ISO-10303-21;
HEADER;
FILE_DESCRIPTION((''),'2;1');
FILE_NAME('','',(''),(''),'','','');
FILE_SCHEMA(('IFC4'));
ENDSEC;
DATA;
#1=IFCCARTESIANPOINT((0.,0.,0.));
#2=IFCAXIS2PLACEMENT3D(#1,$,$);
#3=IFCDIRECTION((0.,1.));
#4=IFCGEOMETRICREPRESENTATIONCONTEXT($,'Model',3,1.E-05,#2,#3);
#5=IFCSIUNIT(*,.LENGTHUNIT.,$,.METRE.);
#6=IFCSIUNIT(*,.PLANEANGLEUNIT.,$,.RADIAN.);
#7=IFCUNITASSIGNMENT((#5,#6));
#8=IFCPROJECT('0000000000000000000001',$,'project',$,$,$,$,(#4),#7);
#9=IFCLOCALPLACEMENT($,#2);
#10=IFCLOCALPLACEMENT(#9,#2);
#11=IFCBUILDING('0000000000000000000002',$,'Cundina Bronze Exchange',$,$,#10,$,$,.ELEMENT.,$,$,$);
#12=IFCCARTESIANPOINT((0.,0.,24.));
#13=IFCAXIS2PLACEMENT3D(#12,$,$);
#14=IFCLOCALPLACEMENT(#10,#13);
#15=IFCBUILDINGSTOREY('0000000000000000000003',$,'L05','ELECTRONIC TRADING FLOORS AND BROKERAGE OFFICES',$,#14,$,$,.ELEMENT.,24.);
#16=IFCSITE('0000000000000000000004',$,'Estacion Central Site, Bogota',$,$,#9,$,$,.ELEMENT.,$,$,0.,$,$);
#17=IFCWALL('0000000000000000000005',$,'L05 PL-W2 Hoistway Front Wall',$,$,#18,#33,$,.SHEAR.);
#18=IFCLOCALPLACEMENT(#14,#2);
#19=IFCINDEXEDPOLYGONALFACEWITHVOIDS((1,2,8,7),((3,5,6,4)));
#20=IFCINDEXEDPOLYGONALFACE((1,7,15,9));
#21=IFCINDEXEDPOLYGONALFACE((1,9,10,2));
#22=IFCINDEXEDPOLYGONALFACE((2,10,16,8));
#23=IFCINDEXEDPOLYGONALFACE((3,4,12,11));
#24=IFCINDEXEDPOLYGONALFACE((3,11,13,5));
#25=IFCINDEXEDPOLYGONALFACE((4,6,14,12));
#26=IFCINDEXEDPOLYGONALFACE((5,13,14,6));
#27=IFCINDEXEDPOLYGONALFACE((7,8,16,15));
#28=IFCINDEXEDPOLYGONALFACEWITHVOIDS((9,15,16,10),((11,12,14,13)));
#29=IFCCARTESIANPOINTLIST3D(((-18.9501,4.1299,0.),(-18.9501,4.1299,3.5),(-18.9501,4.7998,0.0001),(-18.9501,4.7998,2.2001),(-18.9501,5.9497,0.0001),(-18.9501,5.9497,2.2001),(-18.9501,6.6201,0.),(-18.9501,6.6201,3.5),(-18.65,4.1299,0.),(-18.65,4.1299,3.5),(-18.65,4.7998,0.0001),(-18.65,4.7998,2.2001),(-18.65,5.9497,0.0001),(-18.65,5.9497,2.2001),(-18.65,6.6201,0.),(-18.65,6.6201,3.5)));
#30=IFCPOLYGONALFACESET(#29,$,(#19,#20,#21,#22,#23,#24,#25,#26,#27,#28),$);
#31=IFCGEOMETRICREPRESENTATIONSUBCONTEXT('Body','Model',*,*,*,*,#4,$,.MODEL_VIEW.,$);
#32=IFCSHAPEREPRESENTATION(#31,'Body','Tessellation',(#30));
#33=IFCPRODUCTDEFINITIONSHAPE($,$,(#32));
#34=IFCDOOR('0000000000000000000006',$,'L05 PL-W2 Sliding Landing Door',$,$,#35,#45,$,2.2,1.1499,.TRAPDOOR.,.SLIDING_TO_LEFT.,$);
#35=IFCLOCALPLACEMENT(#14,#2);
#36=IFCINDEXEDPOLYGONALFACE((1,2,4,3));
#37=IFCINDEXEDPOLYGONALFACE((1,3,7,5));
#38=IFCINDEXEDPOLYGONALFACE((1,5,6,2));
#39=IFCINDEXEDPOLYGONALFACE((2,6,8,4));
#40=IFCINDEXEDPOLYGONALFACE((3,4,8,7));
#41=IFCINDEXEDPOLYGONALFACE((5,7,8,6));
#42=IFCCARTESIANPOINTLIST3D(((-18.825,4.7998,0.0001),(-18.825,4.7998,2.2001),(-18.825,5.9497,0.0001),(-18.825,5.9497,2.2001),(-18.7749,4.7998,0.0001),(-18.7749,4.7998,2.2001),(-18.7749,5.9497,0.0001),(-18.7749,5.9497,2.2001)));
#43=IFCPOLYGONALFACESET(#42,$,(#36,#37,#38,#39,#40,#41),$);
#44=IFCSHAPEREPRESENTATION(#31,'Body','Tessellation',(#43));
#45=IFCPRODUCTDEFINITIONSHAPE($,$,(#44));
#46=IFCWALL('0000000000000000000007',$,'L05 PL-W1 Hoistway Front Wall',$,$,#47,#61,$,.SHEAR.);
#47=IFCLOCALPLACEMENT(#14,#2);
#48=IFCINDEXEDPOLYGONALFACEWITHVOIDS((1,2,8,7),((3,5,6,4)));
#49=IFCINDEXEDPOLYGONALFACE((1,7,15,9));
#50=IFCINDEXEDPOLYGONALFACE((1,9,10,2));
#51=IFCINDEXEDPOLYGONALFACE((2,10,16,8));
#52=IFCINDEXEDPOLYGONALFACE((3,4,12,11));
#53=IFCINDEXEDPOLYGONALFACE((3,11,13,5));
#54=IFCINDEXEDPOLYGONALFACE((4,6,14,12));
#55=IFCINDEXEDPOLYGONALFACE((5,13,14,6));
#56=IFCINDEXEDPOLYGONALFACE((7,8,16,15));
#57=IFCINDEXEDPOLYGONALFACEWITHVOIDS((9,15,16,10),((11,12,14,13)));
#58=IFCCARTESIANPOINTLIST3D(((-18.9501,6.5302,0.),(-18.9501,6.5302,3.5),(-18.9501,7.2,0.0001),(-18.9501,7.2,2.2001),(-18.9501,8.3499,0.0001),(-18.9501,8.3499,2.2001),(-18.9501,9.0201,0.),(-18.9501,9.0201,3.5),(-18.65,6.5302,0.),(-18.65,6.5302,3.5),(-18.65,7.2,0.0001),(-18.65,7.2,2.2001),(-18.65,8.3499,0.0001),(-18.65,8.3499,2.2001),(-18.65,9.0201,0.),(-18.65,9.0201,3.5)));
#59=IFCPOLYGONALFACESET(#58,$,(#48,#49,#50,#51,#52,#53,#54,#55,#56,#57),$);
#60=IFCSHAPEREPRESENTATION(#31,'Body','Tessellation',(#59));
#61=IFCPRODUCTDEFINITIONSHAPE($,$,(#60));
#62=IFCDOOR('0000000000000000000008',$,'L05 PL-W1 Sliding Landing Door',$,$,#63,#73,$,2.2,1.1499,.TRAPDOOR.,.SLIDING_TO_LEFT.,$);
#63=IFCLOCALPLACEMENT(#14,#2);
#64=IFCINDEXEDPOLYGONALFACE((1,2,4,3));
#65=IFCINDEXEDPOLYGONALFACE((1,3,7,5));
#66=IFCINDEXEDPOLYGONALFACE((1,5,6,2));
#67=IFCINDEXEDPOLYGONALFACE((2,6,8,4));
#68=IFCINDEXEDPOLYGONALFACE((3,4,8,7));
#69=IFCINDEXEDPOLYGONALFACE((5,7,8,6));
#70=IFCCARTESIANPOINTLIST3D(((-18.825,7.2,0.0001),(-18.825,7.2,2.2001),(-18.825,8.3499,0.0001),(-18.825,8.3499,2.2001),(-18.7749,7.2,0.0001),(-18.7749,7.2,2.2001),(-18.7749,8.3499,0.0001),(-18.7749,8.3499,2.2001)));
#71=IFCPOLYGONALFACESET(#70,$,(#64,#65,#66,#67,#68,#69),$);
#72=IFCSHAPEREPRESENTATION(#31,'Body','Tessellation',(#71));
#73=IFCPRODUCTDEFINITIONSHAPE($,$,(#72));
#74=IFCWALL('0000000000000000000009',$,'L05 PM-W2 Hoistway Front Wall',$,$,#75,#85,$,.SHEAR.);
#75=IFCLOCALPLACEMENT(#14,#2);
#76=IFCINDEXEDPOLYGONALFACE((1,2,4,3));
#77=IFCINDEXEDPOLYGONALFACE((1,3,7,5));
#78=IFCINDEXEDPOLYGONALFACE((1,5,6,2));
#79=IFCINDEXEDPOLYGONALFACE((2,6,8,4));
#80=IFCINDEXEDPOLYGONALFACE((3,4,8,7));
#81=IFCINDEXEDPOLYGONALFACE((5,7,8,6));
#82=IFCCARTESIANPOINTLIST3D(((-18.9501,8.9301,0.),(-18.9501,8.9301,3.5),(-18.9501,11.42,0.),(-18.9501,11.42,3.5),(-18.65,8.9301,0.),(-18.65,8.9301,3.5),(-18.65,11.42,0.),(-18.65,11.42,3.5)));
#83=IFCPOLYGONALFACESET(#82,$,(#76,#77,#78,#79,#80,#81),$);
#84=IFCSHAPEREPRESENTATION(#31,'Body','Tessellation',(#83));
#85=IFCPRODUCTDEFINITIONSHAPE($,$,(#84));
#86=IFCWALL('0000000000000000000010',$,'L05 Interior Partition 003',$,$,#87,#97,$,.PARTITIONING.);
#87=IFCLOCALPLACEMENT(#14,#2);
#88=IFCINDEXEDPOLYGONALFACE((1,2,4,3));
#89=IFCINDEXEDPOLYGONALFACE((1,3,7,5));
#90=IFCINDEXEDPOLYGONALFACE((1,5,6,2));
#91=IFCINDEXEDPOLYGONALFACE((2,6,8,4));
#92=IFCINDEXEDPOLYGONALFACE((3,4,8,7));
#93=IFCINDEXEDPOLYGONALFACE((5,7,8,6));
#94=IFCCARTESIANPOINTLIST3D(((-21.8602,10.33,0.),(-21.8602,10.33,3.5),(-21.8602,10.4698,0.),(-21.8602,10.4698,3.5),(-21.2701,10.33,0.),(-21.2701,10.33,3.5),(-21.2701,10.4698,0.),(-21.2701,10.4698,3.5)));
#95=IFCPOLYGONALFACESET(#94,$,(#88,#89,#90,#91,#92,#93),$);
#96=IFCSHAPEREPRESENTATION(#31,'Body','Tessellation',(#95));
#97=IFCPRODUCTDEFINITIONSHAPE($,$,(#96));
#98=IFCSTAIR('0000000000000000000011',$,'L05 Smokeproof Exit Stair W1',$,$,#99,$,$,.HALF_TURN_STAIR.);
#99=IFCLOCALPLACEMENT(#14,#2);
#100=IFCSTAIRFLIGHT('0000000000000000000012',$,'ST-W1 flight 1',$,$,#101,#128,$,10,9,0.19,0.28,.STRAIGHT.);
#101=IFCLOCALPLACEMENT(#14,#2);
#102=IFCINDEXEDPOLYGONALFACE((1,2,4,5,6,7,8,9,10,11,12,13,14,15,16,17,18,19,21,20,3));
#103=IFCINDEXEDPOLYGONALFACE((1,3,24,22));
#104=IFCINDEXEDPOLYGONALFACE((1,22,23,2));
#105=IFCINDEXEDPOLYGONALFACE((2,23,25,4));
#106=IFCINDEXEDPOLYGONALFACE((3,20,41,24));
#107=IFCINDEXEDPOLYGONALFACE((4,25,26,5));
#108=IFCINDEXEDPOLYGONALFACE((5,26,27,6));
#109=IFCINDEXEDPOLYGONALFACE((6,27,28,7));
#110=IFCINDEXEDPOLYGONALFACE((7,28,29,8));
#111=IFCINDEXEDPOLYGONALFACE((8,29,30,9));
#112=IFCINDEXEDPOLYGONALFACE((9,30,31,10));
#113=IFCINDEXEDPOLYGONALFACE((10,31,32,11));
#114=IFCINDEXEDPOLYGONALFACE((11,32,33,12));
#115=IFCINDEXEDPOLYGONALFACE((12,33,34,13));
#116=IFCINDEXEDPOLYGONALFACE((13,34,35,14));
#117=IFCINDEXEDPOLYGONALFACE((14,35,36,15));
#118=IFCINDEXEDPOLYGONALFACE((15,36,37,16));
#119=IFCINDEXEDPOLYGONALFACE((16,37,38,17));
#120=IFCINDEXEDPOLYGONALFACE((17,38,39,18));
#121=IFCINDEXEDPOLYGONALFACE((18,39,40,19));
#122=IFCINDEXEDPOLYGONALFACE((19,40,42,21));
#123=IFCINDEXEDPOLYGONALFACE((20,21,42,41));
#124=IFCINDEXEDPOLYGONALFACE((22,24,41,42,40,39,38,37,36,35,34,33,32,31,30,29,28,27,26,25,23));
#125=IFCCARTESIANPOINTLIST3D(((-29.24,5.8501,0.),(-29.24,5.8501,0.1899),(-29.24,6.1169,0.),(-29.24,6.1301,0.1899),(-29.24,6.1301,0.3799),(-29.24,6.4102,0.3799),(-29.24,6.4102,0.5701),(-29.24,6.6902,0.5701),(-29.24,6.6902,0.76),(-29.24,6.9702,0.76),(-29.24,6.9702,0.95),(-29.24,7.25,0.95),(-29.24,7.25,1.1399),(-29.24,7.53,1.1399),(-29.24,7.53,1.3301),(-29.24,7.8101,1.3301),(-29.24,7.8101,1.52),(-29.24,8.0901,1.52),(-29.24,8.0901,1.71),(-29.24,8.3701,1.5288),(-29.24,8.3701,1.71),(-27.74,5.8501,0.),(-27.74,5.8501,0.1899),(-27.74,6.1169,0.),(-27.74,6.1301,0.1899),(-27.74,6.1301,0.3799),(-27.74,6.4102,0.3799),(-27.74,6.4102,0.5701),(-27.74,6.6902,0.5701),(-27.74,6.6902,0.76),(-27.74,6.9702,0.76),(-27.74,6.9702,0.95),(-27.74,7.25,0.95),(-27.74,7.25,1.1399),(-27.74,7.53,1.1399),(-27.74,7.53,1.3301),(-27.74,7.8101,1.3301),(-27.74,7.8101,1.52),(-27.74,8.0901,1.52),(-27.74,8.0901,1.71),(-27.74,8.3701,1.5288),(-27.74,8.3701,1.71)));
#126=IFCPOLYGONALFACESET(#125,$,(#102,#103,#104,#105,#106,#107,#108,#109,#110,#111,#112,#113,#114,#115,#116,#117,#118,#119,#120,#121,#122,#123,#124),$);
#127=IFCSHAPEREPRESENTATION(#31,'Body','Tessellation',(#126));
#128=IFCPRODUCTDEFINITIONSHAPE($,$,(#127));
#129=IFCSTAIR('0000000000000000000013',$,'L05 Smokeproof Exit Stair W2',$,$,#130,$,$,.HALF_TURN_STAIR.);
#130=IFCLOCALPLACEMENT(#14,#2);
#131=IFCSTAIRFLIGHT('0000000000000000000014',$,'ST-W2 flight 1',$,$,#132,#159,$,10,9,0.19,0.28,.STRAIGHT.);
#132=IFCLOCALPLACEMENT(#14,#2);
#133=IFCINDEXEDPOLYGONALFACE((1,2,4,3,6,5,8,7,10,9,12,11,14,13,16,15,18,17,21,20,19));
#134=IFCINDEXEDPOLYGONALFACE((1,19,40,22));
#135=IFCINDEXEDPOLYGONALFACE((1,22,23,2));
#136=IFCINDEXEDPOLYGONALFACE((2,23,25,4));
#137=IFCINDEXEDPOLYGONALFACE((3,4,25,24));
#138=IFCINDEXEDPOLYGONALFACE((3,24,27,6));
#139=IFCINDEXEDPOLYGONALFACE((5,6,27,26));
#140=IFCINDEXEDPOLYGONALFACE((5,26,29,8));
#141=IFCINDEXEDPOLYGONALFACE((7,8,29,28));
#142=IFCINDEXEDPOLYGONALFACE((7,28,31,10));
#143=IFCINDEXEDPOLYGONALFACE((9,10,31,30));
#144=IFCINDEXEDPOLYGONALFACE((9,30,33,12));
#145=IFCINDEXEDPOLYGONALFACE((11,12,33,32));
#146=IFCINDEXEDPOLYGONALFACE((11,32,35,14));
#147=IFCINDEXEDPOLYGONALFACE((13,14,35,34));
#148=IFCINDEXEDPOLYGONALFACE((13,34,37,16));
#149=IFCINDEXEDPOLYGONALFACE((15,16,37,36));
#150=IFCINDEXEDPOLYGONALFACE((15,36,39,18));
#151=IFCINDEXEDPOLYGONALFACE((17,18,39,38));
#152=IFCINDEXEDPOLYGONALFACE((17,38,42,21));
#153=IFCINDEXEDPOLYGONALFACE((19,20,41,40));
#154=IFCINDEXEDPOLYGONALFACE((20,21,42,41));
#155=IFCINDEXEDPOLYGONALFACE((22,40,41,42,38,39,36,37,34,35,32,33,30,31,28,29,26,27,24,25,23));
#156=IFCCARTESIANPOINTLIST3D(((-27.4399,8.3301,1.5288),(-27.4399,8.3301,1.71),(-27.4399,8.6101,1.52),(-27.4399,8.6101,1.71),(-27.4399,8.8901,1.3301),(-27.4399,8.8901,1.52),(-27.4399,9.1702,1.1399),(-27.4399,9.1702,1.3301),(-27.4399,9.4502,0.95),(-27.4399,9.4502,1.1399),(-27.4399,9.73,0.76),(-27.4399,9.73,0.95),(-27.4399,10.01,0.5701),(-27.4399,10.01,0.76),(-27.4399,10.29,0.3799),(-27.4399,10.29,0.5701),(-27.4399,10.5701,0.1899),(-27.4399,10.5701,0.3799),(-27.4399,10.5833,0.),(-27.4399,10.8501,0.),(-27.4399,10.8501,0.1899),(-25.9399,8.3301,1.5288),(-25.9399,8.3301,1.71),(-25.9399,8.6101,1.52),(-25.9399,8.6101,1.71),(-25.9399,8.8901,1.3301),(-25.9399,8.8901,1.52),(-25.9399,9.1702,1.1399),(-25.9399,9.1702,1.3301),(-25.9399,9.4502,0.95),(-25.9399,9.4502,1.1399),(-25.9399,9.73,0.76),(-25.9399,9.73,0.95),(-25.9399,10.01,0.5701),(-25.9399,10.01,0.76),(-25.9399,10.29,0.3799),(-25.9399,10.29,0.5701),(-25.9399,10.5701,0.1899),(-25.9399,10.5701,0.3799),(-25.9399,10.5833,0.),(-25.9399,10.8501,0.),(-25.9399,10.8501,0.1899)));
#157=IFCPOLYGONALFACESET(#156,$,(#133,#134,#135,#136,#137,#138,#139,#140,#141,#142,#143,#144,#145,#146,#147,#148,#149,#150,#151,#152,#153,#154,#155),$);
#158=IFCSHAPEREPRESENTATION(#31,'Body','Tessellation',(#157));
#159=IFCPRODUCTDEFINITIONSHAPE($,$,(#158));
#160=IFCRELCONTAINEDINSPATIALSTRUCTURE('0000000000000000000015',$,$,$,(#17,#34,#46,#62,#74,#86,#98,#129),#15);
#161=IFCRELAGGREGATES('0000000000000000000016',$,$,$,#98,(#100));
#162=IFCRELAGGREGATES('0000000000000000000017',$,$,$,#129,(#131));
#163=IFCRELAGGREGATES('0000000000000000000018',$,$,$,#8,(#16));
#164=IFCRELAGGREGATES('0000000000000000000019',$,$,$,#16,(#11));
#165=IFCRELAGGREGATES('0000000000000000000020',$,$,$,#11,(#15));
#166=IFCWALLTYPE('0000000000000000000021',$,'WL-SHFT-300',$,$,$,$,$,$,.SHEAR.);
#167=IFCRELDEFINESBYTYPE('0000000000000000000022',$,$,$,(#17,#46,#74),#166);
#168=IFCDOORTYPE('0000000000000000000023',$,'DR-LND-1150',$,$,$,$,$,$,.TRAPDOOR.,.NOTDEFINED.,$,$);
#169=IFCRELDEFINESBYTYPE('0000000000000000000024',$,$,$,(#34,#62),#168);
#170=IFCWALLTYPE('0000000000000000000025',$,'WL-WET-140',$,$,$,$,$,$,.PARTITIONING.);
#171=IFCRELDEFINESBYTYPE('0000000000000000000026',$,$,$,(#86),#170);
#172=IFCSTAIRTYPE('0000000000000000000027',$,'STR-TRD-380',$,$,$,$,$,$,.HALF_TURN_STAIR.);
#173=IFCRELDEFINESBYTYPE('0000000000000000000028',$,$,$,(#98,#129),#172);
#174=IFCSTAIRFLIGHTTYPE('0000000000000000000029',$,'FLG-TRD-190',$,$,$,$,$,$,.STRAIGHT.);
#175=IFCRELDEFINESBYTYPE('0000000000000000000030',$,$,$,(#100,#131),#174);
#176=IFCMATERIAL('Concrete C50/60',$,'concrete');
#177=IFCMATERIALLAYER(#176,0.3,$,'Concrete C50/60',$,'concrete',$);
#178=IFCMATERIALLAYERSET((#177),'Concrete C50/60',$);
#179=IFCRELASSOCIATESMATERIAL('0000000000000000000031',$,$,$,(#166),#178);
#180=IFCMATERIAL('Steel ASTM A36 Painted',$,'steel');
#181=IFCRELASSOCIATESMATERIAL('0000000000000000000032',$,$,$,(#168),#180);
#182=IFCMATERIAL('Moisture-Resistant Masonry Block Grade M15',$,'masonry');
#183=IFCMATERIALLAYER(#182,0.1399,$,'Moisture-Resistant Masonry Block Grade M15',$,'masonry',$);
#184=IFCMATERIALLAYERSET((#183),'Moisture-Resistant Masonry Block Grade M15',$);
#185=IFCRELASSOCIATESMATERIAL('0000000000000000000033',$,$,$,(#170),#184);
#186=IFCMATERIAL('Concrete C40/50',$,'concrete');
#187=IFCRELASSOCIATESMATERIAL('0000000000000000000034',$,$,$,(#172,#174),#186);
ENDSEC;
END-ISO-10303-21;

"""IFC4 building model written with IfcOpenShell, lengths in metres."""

from ifc_helpers import new_model, si_unit, direction, frame, frame_2d, origin, place, context, subcontext, project, spatial, polyline, rectangle, outline, extrude, material, layer, layer_set, type_object, element, fill, aggregate, save


model = new_model("IFC4")

# Units and contexts
model_context = context("Model", 3, precision=1e-05, world=origin(), true_north=direction((0.0, 1.0)))
body_context = subcontext(model_context, "Body", "Model", "MODEL_VIEW")
ifc_project = project(units=[si_unit("LENGTHUNIT", "METRE"), si_unit("PLANEANGLEUNIT", "RADIAN")], contexts=[model_context])

# Site, building, storey
site_placement = place(None, origin())
site = spatial("IfcSite", under=ifc_project, at=site_placement, Name="Estacion Central Site, Bogota", CompositionType="ELEMENT", RefElevation=0.0)
building_placement = place(site_placement, origin())
building = spatial("IfcBuilding", under=site, at=building_placement, Name="Cundina Bronze Exchange", CompositionType="ELEMENT")
storey_placement = place(building_placement, frame((0.0, 0.0, 24.0)))
storey = spatial("IfcBuildingStorey", under=building, at=storey_placement, Name="L05", Description="ELECTRONIC TRADING FLOORS AND BROKERAGE OFFICES", CompositionType="ELEMENT", Elevation=24.0)

# Shared definitions
ifc_material_1 = material(Name="Concrete C50/60", Category="concrete")
ifc_layer_1 = layer(ifc_material_1, 0.3, Name="Concrete C50/60", Category="concrete")
ifc_layer_set_1 = layer_set([ifc_layer_1], Name="Concrete C50/60")
wall_type_1 = type_object("IfcWallType", Name="WL-SHFT-300", PredefinedType="SHEAR", material=ifc_layer_set_1)

# Shared definitions
ifc_material_2 = material(Name="Steel ASTM A36 Painted", Category="steel")
door_type = type_object("IfcDoorType", Name="DR-LND-1150", OperationType="NOTDEFINED", PredefinedType="TRAPDOOR", material=ifc_material_2)

# Walls, openings, doors
wall_1_placement = place(storey_placement, frame((-18.8, 4.1299, 0.0), z_axis=(0.0, 0.0, 1.0), x_axis=(0.0, 1.0, 0.0)))
wall_1 = element("IfcWall", 1, at=wall_1_placement, inside=storey, type_object=wall_type_1, Name="L05 PL-W2 Hoistway Front Wall", PredefinedType="SHEAR", context=body_context, shape_type="SweptSolid", body=[
    extrude(rectangle(XDim=2.4902, YDim=0.3, at=frame_2d((1.2451, 0.0))), origin(), (0.0, 0.0, 1.0), 3.5),
])
opening_1_placement = place(wall_1_placement, frame((0.6699, 0.0, 0.0)))
opening_1 = element("IfcOpeningElement", 2, at=opening_1_placement, cuts=wall_1, PredefinedType="OPENING", context=body_context, shape_type="SweptSolid", body=[
    extrude(rectangle(XDim=1.1499, YDim=2.2, at=frame_2d((0.575, 1.1001))), frame((0.0, 0.1599, 0.0), z_axis=(0.0, -1.0, 0.0), x_axis=(1.0, 0.0, 0.0)), (0.0, 0.0, 1.0), 0.3201),
])
door_1_placement = place(opening_1_placement, origin())
door_1 = element("IfcDoor", 3, at=door_1_placement, inside=storey, type_object=door_type, Name="L05 PL-W2 Sliding Landing Door", OperationType="SLIDING_TO_LEFT", OverallHeight=2.2, OverallWidth=1.1499, PredefinedType="TRAPDOOR", context=body_context, shape_type="SweptSolid", body=[
    extrude(rectangle(XDim=1.1499, YDim=2.2, at=frame_2d((0.575, 1.1001))), frame((0.0, 0.0249, 0.0), z_axis=(0.0, -1.0, 0.0), x_axis=(1.0, 0.0, 0.0)), (0.0, 0.0, 1.0), 0.05),
])
fill(opening_1, door_1)
wall_2_placement = place(storey_placement, frame((-18.8, 6.53, 0.0), z_axis=(0.0, 0.0, 1.0), x_axis=(0.0, 1.0, 0.0)))
wall_2 = element("IfcWall", 4, at=wall_2_placement, inside=storey, type_object=wall_type_1, Name="L05 PL-W1 Hoistway Front Wall", PredefinedType="SHEAR", context=body_context, shape_type="SweptSolid", body=[
    extrude(rectangle(XDim=2.49, YDim=0.3, at=frame_2d((1.2451, 0.0))), origin(), (0.0, 0.0, 1.0), 3.5),
])
opening_2_placement = place(wall_2_placement, frame((0.6699, 0.0, 0.0)))
opening_2 = element("IfcOpeningElement", 5, at=opening_2_placement, cuts=wall_2, PredefinedType="OPENING", context=body_context, shape_type="SweptSolid", body=[
    extrude(rectangle(XDim=1.1499, YDim=2.2, at=frame_2d((0.575, 1.1001))), frame((0.0, 0.1599, 0.0), z_axis=(0.0, -1.0, 0.0), x_axis=(1.0, 0.0, 0.0)), (0.0, 0.0, 1.0), 0.3201),
])
door_2_placement = place(opening_2_placement, origin())
door_2 = element("IfcDoor", 6, at=door_2_placement, inside=storey, type_object=door_type, Name="L05 PL-W1 Sliding Landing Door", OperationType="SLIDING_TO_LEFT", OverallHeight=2.2, OverallWidth=1.1499, PredefinedType="TRAPDOOR", context=body_context, shape_type="SweptSolid", body=[
    extrude(rectangle(XDim=1.1499, YDim=2.2, at=frame_2d((0.575, 1.1001))), frame((0.0, 0.0249, 0.0), z_axis=(0.0, -1.0, 0.0), x_axis=(1.0, 0.0, 0.0)), (0.0, 0.0, 1.0), 0.05),
])
fill(opening_2, door_2)

# Walls
wall_3_placement = place(storey_placement, frame((-18.8, 8.9299, 0.0), z_axis=(0.0, 0.0, 1.0), x_axis=(0.0, 1.0, 0.0)))
element("IfcWall", 7, at=wall_3_placement, inside=storey, type_object=wall_type_1, Name="L05 PM-W2 Hoistway Front Wall", PredefinedType="SHEAR", context=body_context, shape_type="SweptSolid", body=[
    extrude(rectangle(XDim=2.49, YDim=0.3, at=frame_2d((1.2451, 0.0))), origin(), (0.0, 0.0, 1.0), 3.5),
])
ifc_material_3 = material(Name="Moisture-Resistant Masonry Block Grade M15", Category="masonry")
ifc_layer_2 = layer(ifc_material_3, 0.1399, Name="Moisture-Resistant Masonry Block Grade M15", Category="masonry")
ifc_layer_set_2 = layer_set([ifc_layer_2], Name="Moisture-Resistant Masonry Block Grade M15")
wall_type_2 = type_object("IfcWallType", Name="WL-WET-140", PredefinedType="PARTITIONING", material=ifc_layer_set_2)
wall_4_placement = place(storey_placement, frame((-21.8601, 10.3999, 0.0), z_axis=(0.0, 0.0, 1.0), x_axis=(1.0, 0.0, 0.0)))
element("IfcWall", 8, at=wall_4_placement, inside=storey, type_object=wall_type_2, Name="L05 Interior Partition 003", PredefinedType="PARTITIONING", context=body_context, shape_type="SweptSolid", body=[
    extrude(rectangle(XDim=0.5901, YDim=0.1399, at=frame_2d((0.2949, 0.0))), origin(), (0.0, 0.0, 1.0), 3.5),
])

# Stair, stair flight
ifc_material_4 = material(Name="Concrete C40/50", Category="concrete")
stair_type = type_object("IfcStairType", Name="STR-TRD-380", PredefinedType="HALF_TURN_STAIR", material=ifc_material_4)
stair_1_placement = place(storey_placement, origin())
stair_1 = element("IfcStair", 9, at=stair_1_placement, inside=storey, type_object=stair_type, Name="L05 Smokeproof Exit Stair W1", PredefinedType="HALF_TURN_STAIR")
stair_flight_type = type_object("IfcStairFlightType", Name="FLG-TRD-190", PredefinedType="STRAIGHT", material=ifc_material_4)
stair_flight_1_placement = place(storey_placement, frame((-28.49, 5.8501, 0.0), z_axis=(0.0, 0.0, 1.0), x_axis=(0.0, 1.0, 0.0)))
stair_flight_1 = element("IfcStairFlight", 10, at=stair_flight_1_placement, type_object=stair_flight_type, Name="ST-W1 flight 1", NumberOfRisers=10, NumberOfTreads=9, PredefinedType="STRAIGHT", RiserHeight=0.19, TreadLength=0.28, context=body_context, shape_type="SweptSolid", body=[
    extrude(outline(polyline([(0.0, 0.0), (0.0, 0.1899), (0.28, 0.1899), (0.28, 0.3799), (0.5601, 0.3799), (0.5601, 0.5701), (0.8401, 0.5701), (0.8401, 0.76), (1.1201, 0.76), (1.1201, 0.95), (1.3999, 0.95), (1.3999, 1.1399), (1.6799, 1.1399), (1.6799, 1.3301), (1.96, 1.3301), (1.96, 1.52), (2.24, 1.52), (2.24, 1.71), (2.52, 1.71), (2.52, 1.8999), (2.52, 1.5288), (0.2668, 0.0), (0.0, 0.0)])), frame((0.0, 0.75, 0.0), z_axis=(0.0, -1.0, 0.0), x_axis=(1.0, 0.0, 0.0)), (0.0, 0.0, 1.0), 1.5),
])
aggregate(stair_1, [stair_flight_1])

# Stair, stair flight
stair_2_placement = place(storey_placement, origin())
stair_2 = element("IfcStair", 11, at=stair_2_placement, inside=storey, type_object=stair_type, Name="L05 Smokeproof Exit Stair W2", PredefinedType="HALF_TURN_STAIR")
stair_flight_2_placement = place(storey_placement, frame((-26.6899, 10.8501, 0.0), z_axis=(0.0, 0.0, 1.0), x_axis=(0.0, -1.0, 0.0)))
stair_flight_2 = element("IfcStairFlight", 12, at=stair_flight_2_placement, type_object=stair_flight_type, Name="ST-W2 flight 1", NumberOfRisers=10, NumberOfTreads=9, PredefinedType="STRAIGHT", RiserHeight=0.19, TreadLength=0.28, context=body_context, shape_type="SweptSolid", body=[
    extrude(outline(polyline([(0.0, 0.0), (0.0, 0.1899), (0.28, 0.1899), (0.28, 0.3799), (0.5601, 0.3799), (0.5601, 0.5701), (0.8401, 0.5701), (0.8401, 0.76), (1.1201, 0.76), (1.1201, 0.95), (1.3999, 0.95), (1.3999, 1.1399), (1.6799, 1.1399), (1.6799, 1.3301), (1.96, 1.3301), (1.96, 1.52), (2.24, 1.52), (2.24, 1.71), (2.52, 1.71), (2.52, 1.8999), (2.52, 1.5288), (0.2668, 0.0), (0.0, 0.0)])), frame((0.0, 0.75, 0.0), z_axis=(0.0, -1.0, 0.0), x_axis=(1.0, 0.0, 0.0)), (0.0, 0.0, 1.0), 1.5),
])
aggregate(stair_2, [stair_flight_2])

save(model, "model.ifc")
